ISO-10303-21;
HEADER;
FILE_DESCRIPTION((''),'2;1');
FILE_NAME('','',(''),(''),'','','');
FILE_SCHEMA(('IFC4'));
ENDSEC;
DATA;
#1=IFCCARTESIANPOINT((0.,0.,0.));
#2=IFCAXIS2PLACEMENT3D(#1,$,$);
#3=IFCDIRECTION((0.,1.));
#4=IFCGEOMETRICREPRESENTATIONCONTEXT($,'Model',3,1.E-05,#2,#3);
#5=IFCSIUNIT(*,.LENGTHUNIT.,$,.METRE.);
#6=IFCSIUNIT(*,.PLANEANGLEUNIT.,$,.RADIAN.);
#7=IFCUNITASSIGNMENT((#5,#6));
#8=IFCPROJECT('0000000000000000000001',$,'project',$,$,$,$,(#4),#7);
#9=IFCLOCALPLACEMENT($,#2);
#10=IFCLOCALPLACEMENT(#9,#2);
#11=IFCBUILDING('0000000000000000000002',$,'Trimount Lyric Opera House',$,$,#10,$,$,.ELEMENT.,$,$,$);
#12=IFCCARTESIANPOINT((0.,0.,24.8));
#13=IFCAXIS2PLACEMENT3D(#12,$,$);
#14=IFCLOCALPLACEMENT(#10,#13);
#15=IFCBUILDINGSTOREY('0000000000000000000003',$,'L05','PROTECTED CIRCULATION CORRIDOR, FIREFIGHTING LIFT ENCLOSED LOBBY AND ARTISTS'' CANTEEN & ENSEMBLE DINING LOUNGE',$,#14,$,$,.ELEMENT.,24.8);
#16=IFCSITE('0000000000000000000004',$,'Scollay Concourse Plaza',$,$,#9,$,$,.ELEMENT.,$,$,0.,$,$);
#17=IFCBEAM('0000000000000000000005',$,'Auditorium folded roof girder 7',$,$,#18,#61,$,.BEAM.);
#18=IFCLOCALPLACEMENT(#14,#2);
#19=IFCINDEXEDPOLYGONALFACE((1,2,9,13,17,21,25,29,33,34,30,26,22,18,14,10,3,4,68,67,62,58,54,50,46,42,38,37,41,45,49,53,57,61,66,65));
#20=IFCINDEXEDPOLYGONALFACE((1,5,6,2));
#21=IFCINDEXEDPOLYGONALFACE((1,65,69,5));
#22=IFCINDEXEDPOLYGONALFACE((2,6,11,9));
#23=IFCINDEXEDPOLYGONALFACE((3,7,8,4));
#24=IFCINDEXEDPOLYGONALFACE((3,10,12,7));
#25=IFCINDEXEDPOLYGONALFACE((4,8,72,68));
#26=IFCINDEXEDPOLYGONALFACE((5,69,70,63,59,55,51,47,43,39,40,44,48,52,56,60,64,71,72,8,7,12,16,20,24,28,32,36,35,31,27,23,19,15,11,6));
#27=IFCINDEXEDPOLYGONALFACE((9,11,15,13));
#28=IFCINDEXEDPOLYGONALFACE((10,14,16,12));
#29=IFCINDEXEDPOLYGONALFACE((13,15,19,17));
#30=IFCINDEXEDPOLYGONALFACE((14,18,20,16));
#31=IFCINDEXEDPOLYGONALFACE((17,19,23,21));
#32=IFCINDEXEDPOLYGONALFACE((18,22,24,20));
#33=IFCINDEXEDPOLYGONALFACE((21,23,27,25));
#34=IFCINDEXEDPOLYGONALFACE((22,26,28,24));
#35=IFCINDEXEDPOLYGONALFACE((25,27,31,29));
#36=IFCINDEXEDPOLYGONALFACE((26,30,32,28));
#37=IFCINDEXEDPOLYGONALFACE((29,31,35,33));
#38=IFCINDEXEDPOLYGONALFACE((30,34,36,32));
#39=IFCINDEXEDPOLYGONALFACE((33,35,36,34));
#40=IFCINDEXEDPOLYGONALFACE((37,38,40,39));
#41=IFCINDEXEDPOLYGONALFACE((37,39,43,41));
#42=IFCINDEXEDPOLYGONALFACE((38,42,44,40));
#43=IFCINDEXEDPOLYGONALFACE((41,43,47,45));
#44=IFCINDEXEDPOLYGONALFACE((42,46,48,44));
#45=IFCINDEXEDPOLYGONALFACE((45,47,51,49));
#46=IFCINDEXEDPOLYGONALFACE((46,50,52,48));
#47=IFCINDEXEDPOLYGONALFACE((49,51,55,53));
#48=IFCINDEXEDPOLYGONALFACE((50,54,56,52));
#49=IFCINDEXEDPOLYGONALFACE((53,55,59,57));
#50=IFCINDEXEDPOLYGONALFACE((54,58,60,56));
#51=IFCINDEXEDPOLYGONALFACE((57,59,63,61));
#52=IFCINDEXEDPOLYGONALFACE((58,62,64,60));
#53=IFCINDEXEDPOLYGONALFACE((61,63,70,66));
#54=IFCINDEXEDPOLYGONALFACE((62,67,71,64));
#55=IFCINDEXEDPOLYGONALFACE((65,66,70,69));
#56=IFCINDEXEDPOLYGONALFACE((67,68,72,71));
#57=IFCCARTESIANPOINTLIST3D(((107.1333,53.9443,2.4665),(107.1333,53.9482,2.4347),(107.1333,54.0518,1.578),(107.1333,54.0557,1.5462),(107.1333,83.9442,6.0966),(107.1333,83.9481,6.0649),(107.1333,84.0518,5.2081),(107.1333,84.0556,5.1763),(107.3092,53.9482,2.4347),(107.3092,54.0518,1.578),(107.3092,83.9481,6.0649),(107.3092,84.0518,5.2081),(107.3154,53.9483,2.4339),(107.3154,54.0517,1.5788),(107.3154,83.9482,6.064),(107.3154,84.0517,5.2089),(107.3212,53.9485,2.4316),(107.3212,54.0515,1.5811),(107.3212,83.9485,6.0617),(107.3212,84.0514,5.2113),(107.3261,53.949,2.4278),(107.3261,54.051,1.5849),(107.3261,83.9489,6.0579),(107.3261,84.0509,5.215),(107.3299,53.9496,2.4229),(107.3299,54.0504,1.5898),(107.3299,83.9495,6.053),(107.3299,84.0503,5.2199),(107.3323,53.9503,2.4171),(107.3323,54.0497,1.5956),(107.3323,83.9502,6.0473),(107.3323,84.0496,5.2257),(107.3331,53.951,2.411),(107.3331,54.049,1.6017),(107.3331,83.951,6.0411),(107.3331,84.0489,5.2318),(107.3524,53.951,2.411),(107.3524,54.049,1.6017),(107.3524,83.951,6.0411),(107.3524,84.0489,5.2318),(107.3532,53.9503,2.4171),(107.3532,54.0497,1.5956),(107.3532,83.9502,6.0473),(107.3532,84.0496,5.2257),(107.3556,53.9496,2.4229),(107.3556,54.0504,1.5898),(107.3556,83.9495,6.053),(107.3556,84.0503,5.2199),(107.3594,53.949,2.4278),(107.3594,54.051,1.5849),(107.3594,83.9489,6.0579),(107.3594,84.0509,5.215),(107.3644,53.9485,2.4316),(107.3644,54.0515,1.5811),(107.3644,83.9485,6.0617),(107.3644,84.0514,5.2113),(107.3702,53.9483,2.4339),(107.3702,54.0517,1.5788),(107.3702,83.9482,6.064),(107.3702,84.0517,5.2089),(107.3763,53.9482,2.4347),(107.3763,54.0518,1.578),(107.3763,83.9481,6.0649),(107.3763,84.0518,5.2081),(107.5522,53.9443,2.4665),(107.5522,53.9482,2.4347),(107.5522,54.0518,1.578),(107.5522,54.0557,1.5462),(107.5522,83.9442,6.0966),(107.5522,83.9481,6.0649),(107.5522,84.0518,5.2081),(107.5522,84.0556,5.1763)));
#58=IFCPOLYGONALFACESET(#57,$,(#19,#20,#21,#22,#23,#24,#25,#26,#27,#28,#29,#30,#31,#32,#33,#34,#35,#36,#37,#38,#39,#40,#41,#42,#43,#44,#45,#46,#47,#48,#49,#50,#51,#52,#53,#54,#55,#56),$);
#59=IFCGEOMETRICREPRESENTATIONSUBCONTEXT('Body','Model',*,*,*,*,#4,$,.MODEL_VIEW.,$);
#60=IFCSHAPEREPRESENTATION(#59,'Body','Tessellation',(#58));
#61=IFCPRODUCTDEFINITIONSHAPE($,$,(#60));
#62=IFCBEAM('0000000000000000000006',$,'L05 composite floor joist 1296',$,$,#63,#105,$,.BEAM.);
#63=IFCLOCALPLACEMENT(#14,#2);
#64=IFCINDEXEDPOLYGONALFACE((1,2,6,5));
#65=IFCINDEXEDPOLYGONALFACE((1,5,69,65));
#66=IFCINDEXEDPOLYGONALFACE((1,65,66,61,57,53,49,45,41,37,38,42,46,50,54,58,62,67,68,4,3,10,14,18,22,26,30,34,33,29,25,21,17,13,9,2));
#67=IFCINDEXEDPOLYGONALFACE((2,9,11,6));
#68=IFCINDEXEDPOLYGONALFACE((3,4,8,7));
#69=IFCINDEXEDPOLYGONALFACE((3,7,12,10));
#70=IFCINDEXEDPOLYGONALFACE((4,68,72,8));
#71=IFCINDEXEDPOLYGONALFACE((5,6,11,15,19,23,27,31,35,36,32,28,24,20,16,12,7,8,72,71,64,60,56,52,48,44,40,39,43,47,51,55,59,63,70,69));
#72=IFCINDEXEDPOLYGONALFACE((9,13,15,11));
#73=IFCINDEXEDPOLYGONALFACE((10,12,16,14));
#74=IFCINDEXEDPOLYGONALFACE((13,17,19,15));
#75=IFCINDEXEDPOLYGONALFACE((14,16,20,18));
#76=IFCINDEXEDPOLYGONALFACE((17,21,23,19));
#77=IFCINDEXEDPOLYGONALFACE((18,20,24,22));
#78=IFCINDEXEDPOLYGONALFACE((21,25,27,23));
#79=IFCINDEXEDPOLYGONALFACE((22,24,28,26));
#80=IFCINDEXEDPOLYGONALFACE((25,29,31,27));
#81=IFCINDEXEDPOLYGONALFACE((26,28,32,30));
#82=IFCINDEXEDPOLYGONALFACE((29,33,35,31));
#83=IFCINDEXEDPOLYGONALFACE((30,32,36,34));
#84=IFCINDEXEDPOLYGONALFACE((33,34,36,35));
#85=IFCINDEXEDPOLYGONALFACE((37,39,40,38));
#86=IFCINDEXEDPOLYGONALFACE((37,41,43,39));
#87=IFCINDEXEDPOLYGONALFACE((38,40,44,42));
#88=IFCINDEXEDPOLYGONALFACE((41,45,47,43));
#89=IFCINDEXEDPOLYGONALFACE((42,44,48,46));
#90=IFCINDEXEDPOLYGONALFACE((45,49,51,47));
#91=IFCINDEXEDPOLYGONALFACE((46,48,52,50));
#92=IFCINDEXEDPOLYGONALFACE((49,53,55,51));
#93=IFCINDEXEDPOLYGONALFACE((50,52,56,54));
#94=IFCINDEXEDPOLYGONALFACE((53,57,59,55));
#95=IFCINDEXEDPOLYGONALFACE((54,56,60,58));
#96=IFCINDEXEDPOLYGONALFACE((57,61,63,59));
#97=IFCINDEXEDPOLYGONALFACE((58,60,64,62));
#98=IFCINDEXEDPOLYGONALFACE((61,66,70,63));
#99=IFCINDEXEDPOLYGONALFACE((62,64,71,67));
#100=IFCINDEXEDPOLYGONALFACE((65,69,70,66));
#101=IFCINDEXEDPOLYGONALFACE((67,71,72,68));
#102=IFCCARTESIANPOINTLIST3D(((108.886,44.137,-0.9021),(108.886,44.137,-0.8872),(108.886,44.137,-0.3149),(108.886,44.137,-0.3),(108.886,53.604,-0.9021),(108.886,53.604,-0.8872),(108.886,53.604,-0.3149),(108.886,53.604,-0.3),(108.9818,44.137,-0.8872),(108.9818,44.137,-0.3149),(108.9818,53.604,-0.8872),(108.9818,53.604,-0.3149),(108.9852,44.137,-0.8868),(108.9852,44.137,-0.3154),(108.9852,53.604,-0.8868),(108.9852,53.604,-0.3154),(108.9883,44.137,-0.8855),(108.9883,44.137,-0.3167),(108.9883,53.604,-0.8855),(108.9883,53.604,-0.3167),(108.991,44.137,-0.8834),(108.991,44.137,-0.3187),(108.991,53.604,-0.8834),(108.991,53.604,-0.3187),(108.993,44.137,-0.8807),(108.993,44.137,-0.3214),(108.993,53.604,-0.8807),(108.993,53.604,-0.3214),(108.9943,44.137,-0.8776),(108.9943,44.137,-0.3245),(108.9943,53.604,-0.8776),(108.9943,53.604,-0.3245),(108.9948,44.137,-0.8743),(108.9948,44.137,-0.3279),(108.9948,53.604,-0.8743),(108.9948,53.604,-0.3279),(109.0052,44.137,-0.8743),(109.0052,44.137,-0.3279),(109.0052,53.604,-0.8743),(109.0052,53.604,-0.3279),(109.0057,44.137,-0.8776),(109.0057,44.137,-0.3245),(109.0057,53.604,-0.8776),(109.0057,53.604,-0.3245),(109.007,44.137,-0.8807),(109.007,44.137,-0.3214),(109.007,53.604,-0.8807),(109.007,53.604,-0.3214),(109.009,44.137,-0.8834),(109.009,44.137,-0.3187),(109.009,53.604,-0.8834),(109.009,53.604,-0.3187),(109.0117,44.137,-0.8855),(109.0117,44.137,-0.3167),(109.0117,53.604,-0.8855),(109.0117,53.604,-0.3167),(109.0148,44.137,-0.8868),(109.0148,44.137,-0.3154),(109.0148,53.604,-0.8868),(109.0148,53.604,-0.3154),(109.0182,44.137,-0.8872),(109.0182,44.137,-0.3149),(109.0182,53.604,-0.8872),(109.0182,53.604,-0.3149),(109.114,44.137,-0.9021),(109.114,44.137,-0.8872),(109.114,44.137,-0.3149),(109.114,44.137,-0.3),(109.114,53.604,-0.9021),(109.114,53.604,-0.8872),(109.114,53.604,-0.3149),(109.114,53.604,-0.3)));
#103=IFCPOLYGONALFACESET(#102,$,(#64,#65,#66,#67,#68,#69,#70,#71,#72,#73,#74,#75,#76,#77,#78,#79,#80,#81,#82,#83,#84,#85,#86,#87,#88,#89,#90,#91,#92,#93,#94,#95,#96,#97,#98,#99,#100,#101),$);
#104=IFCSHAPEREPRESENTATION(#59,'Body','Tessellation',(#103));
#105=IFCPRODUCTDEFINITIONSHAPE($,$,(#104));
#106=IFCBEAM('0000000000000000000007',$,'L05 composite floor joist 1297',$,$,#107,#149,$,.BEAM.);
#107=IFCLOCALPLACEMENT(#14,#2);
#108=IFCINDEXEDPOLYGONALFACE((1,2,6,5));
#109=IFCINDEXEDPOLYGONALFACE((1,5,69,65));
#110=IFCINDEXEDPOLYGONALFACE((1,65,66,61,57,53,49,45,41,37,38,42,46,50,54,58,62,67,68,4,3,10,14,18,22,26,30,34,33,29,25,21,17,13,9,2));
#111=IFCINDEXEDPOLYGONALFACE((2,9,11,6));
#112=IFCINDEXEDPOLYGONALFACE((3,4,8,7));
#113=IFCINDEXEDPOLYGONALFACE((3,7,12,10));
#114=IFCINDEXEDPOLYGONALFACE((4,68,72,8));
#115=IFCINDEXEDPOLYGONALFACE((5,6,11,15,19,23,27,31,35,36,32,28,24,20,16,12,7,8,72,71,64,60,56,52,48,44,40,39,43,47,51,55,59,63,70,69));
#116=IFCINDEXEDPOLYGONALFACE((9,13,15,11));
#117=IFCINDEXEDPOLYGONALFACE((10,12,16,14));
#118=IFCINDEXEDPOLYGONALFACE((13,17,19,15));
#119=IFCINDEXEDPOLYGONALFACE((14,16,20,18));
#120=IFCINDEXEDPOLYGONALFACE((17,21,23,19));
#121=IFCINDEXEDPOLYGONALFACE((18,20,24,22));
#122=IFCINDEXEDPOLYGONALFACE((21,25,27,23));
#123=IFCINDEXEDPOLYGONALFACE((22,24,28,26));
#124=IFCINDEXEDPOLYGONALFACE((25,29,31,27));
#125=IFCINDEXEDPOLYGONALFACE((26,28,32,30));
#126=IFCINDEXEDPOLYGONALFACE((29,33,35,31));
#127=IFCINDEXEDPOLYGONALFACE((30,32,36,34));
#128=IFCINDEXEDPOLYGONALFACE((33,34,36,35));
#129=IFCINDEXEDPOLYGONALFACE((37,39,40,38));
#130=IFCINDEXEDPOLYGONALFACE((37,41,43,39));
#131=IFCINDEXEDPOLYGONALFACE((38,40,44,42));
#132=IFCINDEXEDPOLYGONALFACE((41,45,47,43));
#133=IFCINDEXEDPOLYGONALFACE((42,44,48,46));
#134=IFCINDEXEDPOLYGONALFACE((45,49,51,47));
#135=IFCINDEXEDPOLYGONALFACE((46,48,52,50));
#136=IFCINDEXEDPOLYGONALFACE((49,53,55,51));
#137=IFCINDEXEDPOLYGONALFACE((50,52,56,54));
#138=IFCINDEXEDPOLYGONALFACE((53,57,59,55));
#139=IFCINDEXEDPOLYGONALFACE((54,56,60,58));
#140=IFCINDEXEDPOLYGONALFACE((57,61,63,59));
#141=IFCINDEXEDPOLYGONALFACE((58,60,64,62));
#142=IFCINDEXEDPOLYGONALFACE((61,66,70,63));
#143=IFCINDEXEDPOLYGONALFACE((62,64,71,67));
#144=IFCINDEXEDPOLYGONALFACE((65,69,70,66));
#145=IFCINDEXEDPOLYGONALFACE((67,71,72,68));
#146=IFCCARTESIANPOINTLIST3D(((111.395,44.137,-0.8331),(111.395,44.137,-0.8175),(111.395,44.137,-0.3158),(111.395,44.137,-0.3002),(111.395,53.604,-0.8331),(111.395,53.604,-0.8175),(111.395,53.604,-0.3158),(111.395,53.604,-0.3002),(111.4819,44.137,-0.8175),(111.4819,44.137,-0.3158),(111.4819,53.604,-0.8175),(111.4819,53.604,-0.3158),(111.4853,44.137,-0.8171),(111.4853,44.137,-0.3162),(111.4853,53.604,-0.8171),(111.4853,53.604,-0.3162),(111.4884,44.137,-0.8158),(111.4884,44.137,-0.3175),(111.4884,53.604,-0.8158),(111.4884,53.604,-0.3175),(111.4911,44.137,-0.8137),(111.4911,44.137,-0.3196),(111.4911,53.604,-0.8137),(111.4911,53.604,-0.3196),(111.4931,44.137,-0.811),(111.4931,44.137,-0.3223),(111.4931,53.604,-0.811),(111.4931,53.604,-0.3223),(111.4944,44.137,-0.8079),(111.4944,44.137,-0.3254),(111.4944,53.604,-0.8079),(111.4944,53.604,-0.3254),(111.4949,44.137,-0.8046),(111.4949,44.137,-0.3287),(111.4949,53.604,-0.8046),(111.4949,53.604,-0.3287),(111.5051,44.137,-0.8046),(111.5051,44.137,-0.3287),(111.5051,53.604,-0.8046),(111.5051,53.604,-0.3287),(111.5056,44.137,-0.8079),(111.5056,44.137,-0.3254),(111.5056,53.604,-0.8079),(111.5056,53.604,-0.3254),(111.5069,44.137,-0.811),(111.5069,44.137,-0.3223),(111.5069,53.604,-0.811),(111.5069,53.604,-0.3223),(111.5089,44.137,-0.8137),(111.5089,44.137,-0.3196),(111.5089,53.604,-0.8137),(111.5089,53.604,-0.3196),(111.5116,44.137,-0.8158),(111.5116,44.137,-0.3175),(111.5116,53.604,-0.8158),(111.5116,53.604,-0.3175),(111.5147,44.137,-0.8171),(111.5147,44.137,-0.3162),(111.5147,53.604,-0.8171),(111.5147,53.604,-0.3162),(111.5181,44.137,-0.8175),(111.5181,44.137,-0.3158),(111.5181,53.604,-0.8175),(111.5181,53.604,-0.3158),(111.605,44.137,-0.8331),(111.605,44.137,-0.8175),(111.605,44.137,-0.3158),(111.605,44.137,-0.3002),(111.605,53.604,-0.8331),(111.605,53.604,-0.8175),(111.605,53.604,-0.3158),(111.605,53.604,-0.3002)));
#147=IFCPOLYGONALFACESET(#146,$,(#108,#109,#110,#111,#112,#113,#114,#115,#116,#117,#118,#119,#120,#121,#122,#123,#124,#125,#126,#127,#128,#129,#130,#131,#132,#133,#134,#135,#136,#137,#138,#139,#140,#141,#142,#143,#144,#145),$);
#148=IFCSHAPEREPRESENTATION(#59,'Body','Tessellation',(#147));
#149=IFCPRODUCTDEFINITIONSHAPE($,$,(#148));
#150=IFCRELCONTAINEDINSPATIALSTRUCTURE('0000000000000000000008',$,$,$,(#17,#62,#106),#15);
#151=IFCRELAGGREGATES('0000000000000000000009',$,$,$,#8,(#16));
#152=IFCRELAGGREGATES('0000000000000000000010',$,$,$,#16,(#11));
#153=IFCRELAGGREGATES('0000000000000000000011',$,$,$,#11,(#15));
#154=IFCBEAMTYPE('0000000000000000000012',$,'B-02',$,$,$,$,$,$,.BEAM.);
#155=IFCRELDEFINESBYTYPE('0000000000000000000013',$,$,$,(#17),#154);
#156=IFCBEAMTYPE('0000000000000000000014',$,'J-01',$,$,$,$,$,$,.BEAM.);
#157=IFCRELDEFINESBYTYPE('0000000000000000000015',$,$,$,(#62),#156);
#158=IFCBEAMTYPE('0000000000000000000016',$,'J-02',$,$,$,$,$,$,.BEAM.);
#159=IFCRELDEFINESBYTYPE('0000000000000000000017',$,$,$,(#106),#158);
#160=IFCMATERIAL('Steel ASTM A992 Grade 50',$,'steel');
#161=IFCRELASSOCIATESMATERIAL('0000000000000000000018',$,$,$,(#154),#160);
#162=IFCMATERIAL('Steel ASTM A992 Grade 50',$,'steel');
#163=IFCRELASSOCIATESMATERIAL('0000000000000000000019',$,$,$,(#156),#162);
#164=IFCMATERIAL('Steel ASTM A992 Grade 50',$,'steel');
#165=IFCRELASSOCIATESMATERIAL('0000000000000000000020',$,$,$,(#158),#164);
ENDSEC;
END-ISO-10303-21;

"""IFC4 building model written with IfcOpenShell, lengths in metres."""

from ifc_helpers import new_model, si_unit, direction, frame, origin, origin_2d, place, context, subcontext, project, spatial, i_section, extrude, material, material_profile, profile_set, type_object, element, save


model = new_model("IFC4")

# Units and contexts
model_context = context("Model", 3, precision=1e-05, world=origin(), true_north=direction((0.0, 1.0)))
body_context = subcontext(model_context, "Body", "Model", "MODEL_VIEW")
ifc_project = project(units=[si_unit("LENGTHUNIT", "METRE"), si_unit("PLANEANGLEUNIT", "RADIAN")], contexts=[model_context])

# Site, building, storey
site_placement = place(None, origin())
site = spatial("IfcSite", under=ifc_project, at=site_placement, Name="Scollay Concourse Plaza", CompositionType="ELEMENT", RefElevation=0.0)
building_placement = place(site_placement, origin())
building = spatial("IfcBuilding", under=site, at=building_placement, Name="Trimount Lyric Opera House", CompositionType="ELEMENT")
storey_placement = place(building_placement, frame((0.0, 0.0, 24.8)))
storey = spatial("IfcBuildingStorey", under=building, at=storey_placement, Name="L05", Description="PROTECTED CIRCULATION CORRIDOR, FIREFIGHTING LIFT ENCLOSED LOBBY AND ARTISTS' CANTEEN & ENSEMBLE DINING LOUNGE", CompositionType="ELEMENT", Elevation=24.8)

# Beams
ifc_material_1 = material(Name="Steel ASTM A992 Grade 50", Category="steel")
ifc_material_profile_1 = material_profile(ifc_material_1, i_section(OverallWidth=0.4189, OverallDepth=0.927, WebThickness=0.0193, FlangeThickness=0.032, FilletRadius=0.0239, at=origin_2d()), Name="W36X231")
ifc_profile_set_1 = profile_set([ifc_material_profile_1], Name="Steel ASTM A992 Grade 50")
beam_type_1 = type_object("IfcBeamType", Name="B-02", PredefinedType="BEAM", material=ifc_profile_set_1)
beam_1_placement = place(storey_placement, frame((107.3428, 54.0, 2.0063), z_axis=(0.0, 0.992758, 0.120128), x_axis=(-1.0, 0.0, 0.0)))
element("IfcBeam", 1, at=beam_1_placement, inside=storey, type_object=beam_type_1, Name="Auditorium folded roof girder 7", PredefinedType="BEAM", context=body_context, shape_type="SweptSolid", body=[
    extrude(i_section(OverallWidth=0.4189, OverallDepth=0.927, WebThickness=0.0193, FlangeThickness=0.032, FilletRadius=0.0239, at=origin_2d()), origin(), (0.0, 0.0, 1.0), 30.2188),
])
ifc_material_2 = material(Name="Steel ASTM A992 Grade 50", Category="steel")
ifc_material_profile_2 = material_profile(ifc_material_2, i_section(OverallWidth=0.228, OverallDepth=0.6021, WebThickness=0.0105, FlangeThickness=0.0149, FilletRadius=0.0129, at=origin_2d()), Name="W24X68")
ifc_profile_set_2 = profile_set([ifc_material_profile_2], Name="Steel ASTM A992 Grade 50")
beam_type_2 = type_object("IfcBeamType", Name="J-01", PredefinedType="BEAM", material=ifc_profile_set_2)
beam_2_placement = place(storey_placement, frame((109.0, 44.137, -0.6011), z_axis=(0.0, 1.0, 0.0), x_axis=(-1.0, 0.0, 0.0)))
element("IfcBeam", 2, at=beam_2_placement, inside=storey, type_object=beam_type_2, Name="L05 composite floor joist 1296", PredefinedType="BEAM", context=body_context, shape_type="SweptSolid", body=[
    extrude(i_section(OverallWidth=0.228, OverallDepth=0.6021, WebThickness=0.0105, FlangeThickness=0.0149, FilletRadius=0.0129, at=origin_2d()), origin(), (0.0, 0.0, 1.0), 9.467),
])
ifc_material_3 = material(Name="Steel ASTM A992 Grade 50", Category="steel")
ifc_material_profile_3 = material_profile(ifc_material_3, i_section(OverallWidth=0.21, OverallDepth=0.533, WebThickness=0.0103, FlangeThickness=0.0156, FilletRadius=0.0129, at=origin_2d()), Name="W21X62")
ifc_profile_set_3 = profile_set([ifc_material_profile_3], Name="Steel ASTM A992 Grade 50")
beam_type_3 = type_object("IfcBeamType", Name="J-02", PredefinedType="BEAM", material=ifc_profile_set_3)
beam_3_placement = place(storey_placement, frame((111.5, 44.137, -0.5667), z_axis=(0.0, 1.0, 0.0), x_axis=(-1.0, 0.0, 0.0)))
element("IfcBeam", 3, at=beam_3_placement, inside=storey, type_object=beam_type_3, Name="L05 composite floor joist 1297", PredefinedType="BEAM", context=body_context, shape_type="SweptSolid", body=[
    extrude(i_section(OverallWidth=0.21, OverallDepth=0.533, WebThickness=0.0103, FlangeThickness=0.0156, FilletRadius=0.0129, at=origin_2d()), origin(), (0.0, 0.0, 1.0), 9.467),
])

save(model, "model.ifc")
